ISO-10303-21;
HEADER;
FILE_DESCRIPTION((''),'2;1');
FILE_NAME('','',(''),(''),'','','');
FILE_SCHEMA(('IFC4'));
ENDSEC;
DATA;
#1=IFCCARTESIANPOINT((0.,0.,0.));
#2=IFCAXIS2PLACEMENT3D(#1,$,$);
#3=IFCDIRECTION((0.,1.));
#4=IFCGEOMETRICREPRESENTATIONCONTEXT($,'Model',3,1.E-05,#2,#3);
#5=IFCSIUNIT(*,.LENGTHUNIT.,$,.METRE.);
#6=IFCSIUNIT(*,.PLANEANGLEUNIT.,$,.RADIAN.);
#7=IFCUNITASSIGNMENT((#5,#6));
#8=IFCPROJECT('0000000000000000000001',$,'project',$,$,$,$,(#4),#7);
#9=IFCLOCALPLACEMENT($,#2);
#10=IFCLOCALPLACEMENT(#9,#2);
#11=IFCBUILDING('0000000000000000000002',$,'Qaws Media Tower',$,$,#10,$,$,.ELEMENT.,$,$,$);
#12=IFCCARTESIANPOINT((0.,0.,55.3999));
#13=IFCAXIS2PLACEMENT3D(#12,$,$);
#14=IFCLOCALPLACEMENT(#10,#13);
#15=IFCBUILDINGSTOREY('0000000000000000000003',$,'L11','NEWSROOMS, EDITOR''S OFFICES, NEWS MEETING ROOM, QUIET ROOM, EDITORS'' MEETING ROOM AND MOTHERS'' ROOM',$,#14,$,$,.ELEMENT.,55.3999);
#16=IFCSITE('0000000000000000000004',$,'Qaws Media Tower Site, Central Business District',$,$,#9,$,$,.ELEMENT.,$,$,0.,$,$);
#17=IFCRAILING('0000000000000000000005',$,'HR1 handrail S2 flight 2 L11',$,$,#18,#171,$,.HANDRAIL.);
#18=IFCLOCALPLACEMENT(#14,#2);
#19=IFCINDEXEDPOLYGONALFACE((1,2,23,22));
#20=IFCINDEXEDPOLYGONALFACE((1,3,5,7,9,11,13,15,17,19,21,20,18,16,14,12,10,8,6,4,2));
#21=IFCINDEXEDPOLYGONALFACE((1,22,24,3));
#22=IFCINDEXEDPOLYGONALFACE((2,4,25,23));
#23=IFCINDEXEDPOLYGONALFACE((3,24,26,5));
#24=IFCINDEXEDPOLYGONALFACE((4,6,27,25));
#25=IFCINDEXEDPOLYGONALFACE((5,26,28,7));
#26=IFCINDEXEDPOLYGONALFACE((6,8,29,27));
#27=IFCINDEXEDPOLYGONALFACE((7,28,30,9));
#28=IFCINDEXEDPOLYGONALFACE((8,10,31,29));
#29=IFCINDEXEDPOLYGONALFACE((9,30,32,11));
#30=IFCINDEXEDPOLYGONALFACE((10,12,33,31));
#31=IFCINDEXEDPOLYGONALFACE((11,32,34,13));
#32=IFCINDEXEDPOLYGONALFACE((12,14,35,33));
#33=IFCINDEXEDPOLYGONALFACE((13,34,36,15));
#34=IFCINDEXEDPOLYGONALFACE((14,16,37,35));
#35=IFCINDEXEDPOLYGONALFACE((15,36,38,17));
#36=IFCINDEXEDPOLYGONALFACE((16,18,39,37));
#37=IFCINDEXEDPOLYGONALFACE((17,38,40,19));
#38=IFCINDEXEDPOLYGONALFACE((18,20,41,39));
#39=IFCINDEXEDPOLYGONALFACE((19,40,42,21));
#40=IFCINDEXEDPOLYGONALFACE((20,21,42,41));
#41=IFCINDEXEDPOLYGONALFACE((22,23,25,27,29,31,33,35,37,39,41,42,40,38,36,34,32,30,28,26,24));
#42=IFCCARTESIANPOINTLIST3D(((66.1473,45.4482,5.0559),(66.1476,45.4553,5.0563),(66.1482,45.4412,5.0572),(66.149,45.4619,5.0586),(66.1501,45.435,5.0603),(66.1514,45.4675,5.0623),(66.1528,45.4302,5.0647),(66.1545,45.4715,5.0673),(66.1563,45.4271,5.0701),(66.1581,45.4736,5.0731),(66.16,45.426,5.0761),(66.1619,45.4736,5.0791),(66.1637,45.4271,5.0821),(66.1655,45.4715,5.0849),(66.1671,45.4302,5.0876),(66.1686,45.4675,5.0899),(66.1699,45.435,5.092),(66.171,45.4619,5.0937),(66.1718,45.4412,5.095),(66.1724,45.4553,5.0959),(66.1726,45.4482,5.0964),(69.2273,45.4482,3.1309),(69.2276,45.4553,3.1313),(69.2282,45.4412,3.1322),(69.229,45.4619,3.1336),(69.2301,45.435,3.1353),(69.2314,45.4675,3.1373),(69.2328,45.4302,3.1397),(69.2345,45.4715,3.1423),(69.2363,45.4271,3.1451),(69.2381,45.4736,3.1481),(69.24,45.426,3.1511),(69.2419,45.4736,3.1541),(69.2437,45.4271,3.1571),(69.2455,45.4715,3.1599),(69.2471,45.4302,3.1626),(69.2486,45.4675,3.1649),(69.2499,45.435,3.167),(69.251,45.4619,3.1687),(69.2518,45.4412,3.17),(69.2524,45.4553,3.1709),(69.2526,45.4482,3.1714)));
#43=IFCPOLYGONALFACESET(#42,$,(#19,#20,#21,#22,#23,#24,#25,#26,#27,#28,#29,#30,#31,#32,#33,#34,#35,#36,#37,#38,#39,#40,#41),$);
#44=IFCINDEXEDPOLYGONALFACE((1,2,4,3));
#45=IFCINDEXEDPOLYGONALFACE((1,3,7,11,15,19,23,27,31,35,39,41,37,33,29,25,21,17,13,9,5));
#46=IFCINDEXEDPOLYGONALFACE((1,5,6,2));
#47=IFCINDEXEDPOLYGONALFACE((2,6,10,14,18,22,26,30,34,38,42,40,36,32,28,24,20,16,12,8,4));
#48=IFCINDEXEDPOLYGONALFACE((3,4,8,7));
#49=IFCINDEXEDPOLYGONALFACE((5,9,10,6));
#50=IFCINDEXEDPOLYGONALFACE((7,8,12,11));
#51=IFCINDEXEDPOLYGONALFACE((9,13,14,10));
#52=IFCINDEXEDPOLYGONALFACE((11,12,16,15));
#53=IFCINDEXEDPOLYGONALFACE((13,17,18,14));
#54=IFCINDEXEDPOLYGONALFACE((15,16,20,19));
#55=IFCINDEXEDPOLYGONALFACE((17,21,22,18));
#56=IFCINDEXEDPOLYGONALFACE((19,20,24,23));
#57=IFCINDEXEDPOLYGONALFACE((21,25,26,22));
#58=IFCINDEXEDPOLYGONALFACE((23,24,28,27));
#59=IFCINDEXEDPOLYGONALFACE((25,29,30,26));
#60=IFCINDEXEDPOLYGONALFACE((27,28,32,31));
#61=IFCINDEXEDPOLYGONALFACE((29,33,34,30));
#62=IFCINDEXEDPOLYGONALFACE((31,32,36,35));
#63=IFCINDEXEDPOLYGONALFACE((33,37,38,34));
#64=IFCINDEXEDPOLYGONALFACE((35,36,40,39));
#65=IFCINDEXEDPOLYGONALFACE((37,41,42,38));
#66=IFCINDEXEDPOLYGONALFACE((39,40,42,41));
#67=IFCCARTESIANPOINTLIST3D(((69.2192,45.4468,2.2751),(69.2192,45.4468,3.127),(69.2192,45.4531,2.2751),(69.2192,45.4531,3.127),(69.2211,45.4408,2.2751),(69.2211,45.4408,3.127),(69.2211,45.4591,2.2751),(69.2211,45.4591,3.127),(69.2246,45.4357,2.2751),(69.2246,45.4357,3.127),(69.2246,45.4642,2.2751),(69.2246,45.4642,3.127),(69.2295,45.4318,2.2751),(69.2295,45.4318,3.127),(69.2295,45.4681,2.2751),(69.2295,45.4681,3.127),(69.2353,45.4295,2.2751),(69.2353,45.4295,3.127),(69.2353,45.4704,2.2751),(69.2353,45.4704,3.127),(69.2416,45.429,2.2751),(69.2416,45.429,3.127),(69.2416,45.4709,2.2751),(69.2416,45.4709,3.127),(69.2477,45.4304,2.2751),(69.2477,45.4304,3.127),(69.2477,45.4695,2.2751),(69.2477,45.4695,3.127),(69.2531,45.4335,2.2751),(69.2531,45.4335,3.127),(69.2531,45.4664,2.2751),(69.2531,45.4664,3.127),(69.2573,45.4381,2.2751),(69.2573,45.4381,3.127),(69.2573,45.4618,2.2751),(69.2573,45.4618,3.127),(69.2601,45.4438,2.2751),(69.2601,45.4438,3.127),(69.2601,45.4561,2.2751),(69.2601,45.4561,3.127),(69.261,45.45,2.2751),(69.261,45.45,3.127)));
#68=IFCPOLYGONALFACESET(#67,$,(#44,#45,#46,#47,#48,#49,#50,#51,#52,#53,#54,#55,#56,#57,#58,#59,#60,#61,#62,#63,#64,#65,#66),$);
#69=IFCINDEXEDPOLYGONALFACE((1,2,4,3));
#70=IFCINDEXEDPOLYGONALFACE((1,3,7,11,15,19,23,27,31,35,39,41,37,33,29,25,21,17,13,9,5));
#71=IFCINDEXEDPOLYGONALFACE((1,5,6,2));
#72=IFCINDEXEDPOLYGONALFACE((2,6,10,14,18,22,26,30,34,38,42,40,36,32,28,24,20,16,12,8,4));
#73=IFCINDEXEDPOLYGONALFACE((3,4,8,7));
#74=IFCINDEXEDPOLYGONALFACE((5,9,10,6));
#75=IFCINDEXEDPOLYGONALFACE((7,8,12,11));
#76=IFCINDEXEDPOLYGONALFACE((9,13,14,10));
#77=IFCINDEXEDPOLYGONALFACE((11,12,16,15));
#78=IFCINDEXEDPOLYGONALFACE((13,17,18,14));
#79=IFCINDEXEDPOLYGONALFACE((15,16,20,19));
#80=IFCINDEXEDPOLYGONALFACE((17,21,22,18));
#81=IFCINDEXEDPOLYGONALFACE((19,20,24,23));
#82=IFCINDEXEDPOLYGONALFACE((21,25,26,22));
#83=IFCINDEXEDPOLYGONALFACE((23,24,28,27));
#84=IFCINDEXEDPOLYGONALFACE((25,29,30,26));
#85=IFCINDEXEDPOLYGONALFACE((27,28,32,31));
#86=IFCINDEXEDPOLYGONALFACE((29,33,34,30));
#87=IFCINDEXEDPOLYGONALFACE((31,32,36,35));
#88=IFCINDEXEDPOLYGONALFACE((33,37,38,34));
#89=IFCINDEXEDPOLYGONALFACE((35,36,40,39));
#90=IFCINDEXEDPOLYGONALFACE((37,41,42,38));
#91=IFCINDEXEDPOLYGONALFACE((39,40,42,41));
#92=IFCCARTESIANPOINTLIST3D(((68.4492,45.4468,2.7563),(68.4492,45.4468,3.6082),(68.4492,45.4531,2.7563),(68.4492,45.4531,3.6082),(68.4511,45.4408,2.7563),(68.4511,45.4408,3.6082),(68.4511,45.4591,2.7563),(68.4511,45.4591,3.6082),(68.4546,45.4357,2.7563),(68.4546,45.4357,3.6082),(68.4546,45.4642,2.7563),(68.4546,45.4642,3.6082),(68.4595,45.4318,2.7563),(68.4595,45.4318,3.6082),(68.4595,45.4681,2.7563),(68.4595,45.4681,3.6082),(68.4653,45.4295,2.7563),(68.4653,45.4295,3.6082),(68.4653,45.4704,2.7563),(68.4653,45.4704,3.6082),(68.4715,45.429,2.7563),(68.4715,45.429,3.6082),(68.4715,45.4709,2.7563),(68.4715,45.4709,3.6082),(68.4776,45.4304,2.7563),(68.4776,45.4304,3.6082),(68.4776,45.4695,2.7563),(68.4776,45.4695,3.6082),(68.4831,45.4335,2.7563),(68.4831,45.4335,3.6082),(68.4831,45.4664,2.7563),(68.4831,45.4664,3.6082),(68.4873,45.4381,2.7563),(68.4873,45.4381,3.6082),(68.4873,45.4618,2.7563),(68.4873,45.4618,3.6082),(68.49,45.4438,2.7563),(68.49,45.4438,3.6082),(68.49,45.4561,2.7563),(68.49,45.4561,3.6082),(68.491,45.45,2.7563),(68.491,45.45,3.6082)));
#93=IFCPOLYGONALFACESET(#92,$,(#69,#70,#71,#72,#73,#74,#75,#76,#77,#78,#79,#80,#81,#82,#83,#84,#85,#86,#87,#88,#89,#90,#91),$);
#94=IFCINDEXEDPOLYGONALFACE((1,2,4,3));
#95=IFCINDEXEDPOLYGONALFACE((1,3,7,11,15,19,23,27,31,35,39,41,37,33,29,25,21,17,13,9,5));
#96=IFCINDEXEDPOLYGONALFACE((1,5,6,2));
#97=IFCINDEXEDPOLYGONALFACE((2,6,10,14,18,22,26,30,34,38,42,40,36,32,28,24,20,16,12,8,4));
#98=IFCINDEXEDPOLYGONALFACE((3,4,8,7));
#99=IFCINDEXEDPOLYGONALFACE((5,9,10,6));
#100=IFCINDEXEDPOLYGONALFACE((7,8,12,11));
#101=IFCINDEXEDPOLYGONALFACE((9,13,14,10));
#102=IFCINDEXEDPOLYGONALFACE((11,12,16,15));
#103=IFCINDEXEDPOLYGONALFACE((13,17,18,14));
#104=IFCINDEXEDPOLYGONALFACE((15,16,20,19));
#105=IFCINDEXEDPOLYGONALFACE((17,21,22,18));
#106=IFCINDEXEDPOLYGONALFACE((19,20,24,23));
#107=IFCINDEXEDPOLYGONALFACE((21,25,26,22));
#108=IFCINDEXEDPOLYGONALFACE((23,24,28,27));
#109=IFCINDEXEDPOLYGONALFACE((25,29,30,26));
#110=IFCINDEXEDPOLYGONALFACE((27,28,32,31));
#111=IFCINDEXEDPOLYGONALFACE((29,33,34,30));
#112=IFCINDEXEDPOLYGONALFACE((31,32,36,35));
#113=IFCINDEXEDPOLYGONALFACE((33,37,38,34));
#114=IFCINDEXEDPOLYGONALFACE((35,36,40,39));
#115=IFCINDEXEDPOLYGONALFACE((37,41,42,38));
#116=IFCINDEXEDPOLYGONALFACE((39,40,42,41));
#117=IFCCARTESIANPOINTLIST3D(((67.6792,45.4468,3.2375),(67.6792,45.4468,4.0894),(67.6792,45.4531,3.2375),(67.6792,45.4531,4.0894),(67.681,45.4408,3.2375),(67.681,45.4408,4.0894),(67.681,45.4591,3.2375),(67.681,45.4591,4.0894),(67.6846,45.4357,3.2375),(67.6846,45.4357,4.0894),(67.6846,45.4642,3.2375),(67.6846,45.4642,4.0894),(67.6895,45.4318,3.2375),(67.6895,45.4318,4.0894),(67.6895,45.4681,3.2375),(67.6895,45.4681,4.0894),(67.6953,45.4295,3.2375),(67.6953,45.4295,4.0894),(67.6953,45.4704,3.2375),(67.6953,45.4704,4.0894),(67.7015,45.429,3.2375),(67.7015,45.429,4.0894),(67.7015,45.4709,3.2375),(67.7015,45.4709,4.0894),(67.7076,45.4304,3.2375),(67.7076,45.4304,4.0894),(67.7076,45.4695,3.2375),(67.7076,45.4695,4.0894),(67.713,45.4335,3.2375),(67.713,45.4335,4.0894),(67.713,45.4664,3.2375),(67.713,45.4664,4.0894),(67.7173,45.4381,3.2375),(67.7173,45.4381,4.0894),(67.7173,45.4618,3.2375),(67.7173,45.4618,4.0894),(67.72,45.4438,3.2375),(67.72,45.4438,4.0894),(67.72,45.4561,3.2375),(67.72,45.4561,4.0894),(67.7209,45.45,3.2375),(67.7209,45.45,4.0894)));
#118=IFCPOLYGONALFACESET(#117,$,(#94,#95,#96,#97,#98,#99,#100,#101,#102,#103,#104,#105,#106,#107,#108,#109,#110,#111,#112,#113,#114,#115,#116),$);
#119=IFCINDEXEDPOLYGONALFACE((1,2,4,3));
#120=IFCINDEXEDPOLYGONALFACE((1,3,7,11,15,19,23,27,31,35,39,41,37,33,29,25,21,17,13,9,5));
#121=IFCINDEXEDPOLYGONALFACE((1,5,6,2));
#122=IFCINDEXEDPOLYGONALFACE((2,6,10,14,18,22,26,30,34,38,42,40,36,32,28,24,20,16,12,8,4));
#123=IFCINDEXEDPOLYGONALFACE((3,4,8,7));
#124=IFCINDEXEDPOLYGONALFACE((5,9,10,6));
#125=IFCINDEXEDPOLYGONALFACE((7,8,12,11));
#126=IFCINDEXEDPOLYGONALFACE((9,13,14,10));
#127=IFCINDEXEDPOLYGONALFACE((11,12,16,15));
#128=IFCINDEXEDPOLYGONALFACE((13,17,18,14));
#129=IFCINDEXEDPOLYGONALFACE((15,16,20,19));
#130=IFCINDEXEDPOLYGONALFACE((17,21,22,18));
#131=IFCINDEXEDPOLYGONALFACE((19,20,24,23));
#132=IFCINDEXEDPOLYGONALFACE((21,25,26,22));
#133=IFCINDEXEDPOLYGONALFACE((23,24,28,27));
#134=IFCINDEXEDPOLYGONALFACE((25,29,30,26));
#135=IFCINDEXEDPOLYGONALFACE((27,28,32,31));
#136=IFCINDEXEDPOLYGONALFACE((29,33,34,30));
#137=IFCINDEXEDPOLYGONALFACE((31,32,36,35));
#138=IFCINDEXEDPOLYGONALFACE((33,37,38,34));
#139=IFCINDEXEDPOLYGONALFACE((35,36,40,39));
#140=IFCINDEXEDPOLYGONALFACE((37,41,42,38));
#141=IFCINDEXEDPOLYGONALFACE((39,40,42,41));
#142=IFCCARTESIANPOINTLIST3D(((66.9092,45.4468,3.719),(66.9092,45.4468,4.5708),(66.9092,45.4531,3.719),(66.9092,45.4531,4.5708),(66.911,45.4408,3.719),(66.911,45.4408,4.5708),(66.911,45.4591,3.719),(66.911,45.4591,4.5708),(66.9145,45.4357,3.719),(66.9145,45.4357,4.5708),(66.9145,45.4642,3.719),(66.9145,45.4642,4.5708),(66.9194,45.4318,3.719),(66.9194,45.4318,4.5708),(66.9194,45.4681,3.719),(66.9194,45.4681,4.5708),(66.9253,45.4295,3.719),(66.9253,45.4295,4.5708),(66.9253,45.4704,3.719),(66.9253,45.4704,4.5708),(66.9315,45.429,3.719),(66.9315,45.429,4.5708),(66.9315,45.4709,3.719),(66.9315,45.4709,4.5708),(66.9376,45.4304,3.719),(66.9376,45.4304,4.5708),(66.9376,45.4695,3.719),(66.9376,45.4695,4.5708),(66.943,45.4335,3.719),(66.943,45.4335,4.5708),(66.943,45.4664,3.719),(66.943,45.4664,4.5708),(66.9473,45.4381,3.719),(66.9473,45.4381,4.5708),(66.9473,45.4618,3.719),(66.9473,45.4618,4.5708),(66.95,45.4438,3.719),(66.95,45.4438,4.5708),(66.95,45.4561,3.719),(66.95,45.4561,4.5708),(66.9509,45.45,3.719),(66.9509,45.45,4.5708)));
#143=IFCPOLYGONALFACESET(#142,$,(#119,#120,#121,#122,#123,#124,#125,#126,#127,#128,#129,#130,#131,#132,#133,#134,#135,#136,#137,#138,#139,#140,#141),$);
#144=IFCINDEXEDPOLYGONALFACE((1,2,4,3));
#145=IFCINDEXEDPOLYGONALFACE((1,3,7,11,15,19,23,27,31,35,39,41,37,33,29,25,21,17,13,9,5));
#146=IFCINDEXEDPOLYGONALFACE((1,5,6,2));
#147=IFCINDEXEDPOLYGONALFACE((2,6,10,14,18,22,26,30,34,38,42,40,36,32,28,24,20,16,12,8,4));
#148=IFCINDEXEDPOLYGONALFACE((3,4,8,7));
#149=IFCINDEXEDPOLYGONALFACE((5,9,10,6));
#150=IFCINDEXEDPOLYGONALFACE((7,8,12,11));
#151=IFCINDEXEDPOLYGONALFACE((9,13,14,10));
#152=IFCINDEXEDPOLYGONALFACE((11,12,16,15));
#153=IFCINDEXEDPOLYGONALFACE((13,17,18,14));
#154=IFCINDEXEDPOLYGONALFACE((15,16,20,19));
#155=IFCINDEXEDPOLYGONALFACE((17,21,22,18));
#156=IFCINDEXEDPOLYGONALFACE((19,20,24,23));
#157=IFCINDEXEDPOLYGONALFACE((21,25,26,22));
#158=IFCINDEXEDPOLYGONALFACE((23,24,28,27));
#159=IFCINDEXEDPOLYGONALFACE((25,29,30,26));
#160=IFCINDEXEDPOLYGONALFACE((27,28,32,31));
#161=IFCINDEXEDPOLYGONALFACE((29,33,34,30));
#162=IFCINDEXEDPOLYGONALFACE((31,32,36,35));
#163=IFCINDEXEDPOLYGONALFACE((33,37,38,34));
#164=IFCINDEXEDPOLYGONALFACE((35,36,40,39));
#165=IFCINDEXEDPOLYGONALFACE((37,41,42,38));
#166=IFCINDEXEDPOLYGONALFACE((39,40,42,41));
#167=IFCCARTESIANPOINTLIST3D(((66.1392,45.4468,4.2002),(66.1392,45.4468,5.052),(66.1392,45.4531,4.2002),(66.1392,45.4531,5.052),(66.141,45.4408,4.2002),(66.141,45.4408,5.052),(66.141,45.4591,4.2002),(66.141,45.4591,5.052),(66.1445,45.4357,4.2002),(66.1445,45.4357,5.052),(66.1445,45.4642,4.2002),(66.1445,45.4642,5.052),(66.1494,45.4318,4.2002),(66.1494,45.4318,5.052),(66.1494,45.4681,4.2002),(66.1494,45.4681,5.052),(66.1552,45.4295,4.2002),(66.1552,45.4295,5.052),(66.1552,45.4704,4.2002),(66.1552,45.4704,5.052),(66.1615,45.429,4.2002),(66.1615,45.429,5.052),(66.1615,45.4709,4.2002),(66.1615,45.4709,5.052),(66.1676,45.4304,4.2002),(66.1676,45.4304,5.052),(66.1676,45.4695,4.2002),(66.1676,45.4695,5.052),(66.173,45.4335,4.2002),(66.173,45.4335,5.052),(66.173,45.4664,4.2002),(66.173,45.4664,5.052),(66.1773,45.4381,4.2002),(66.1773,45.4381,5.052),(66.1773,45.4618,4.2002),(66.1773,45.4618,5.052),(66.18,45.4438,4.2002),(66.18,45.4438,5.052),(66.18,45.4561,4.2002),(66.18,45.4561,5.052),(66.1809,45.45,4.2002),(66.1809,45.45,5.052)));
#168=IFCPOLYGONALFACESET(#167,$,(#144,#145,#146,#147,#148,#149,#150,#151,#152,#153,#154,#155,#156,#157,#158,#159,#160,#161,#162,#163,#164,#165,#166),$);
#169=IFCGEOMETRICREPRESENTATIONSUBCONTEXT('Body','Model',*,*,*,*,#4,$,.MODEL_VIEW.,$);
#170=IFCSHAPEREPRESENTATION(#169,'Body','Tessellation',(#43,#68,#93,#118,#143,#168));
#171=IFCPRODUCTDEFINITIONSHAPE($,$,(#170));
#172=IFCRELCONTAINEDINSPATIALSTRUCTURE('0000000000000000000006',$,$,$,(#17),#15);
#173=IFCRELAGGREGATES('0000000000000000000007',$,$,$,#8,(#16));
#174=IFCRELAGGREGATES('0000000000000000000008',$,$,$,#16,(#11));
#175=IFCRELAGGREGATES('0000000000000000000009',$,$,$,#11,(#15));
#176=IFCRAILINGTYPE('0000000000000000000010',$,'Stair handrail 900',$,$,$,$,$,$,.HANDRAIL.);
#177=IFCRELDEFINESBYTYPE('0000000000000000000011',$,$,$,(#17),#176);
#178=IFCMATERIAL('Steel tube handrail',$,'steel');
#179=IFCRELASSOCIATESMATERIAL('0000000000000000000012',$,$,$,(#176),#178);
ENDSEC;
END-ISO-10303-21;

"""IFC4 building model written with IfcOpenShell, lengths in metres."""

from ifc_helpers import new_model, si_unit, direction, frame, origin, origin_2d, place, context, subcontext, project, spatial, circle, extrude, material, type_object, element, save


model = new_model("IFC4")

# Units and contexts
model_context = context("Model", 3, precision=1e-05, world=origin(), true_north=direction((0.0, 1.0)))
body_context = subcontext(model_context, "Body", "Model", "MODEL_VIEW")
ifc_project = project(units=[si_unit("LENGTHUNIT", "METRE"), si_unit("PLANEANGLEUNIT", "RADIAN")], contexts=[model_context])

# Site, building, storey
site_placement = place(None, origin())
site = spatial("IfcSite", under=ifc_project, at=site_placement, Name="Qaws Media Tower Site, Central Business District", CompositionType="ELEMENT", RefElevation=0.0)
building_placement = place(site_placement, origin())
building = spatial("IfcBuilding", under=site, at=building_placement, Name="Qaws Media Tower", CompositionType="ELEMENT")
storey_placement = place(building_placement, frame((0.0, 0.0, 55.3999)))
storey = spatial("IfcBuildingStorey", under=building, at=storey_placement, Name="L11", Description="NEWSROOMS, EDITOR'S OFFICES, NEWS MEETING ROOM, QUIET ROOM, EDITORS' MEETING ROOM AND MOTHERS' ROOM", CompositionType="ELEMENT", Elevation=55.3999)

# Railing
ifc_material_1 = material(Name="Steel tube handrail", Category="steel")
railing_type = type_object("IfcRailingType", Name="Stair handrail 900", PredefinedType="HANDRAIL", material=ifc_material_1)
for number, where, name in (
    (1, (69.24, 45.45, 2.2751), "HR1 handrail S2 flight 2 L11"),
):
    element("IfcRailing", number, at=place(storey_placement, frame(where)), inside=storey, type_object=railing_type, Name=name, PredefinedType="HANDRAIL", context=body_context, shape_type="SweptSolid", body=[
        extrude(circle(Radius=0.0239, at=origin_2d()), frame((0.0, 0.0, 0.876), z_axis=(-0.847998, 0.0, 0.529999), x_axis=(0.0, -1.0, 0.0)), (0.0, 0.0, 1.0), 3.6321),
        extrude(circle(Radius=0.021, at=origin_2d()), origin(), (0.0, 0.0, 1.0), 0.8518),
        extrude(circle(Radius=0.021, at=origin_2d()), frame((-0.77, 0.0, 0.4812)), (0.0, 0.0, 1.0), 0.8518),
        extrude(circle(Radius=0.021, at=origin_2d()), frame((-1.54, 0.0, 0.9624)), (0.0, 0.0, 1.0), 0.8518),
        extrude(circle(Radius=0.021, at=origin_2d()), frame((-2.3101, 0.0, 1.4438)), (0.0, 0.0, 1.0), 0.8518),
        extrude(circle(Radius=0.021, at=origin_2d()), frame((-3.0801, 0.0, 1.925)), (0.0, 0.0, 1.0), 0.8518),
    ])

save(model, "model.ifc")
